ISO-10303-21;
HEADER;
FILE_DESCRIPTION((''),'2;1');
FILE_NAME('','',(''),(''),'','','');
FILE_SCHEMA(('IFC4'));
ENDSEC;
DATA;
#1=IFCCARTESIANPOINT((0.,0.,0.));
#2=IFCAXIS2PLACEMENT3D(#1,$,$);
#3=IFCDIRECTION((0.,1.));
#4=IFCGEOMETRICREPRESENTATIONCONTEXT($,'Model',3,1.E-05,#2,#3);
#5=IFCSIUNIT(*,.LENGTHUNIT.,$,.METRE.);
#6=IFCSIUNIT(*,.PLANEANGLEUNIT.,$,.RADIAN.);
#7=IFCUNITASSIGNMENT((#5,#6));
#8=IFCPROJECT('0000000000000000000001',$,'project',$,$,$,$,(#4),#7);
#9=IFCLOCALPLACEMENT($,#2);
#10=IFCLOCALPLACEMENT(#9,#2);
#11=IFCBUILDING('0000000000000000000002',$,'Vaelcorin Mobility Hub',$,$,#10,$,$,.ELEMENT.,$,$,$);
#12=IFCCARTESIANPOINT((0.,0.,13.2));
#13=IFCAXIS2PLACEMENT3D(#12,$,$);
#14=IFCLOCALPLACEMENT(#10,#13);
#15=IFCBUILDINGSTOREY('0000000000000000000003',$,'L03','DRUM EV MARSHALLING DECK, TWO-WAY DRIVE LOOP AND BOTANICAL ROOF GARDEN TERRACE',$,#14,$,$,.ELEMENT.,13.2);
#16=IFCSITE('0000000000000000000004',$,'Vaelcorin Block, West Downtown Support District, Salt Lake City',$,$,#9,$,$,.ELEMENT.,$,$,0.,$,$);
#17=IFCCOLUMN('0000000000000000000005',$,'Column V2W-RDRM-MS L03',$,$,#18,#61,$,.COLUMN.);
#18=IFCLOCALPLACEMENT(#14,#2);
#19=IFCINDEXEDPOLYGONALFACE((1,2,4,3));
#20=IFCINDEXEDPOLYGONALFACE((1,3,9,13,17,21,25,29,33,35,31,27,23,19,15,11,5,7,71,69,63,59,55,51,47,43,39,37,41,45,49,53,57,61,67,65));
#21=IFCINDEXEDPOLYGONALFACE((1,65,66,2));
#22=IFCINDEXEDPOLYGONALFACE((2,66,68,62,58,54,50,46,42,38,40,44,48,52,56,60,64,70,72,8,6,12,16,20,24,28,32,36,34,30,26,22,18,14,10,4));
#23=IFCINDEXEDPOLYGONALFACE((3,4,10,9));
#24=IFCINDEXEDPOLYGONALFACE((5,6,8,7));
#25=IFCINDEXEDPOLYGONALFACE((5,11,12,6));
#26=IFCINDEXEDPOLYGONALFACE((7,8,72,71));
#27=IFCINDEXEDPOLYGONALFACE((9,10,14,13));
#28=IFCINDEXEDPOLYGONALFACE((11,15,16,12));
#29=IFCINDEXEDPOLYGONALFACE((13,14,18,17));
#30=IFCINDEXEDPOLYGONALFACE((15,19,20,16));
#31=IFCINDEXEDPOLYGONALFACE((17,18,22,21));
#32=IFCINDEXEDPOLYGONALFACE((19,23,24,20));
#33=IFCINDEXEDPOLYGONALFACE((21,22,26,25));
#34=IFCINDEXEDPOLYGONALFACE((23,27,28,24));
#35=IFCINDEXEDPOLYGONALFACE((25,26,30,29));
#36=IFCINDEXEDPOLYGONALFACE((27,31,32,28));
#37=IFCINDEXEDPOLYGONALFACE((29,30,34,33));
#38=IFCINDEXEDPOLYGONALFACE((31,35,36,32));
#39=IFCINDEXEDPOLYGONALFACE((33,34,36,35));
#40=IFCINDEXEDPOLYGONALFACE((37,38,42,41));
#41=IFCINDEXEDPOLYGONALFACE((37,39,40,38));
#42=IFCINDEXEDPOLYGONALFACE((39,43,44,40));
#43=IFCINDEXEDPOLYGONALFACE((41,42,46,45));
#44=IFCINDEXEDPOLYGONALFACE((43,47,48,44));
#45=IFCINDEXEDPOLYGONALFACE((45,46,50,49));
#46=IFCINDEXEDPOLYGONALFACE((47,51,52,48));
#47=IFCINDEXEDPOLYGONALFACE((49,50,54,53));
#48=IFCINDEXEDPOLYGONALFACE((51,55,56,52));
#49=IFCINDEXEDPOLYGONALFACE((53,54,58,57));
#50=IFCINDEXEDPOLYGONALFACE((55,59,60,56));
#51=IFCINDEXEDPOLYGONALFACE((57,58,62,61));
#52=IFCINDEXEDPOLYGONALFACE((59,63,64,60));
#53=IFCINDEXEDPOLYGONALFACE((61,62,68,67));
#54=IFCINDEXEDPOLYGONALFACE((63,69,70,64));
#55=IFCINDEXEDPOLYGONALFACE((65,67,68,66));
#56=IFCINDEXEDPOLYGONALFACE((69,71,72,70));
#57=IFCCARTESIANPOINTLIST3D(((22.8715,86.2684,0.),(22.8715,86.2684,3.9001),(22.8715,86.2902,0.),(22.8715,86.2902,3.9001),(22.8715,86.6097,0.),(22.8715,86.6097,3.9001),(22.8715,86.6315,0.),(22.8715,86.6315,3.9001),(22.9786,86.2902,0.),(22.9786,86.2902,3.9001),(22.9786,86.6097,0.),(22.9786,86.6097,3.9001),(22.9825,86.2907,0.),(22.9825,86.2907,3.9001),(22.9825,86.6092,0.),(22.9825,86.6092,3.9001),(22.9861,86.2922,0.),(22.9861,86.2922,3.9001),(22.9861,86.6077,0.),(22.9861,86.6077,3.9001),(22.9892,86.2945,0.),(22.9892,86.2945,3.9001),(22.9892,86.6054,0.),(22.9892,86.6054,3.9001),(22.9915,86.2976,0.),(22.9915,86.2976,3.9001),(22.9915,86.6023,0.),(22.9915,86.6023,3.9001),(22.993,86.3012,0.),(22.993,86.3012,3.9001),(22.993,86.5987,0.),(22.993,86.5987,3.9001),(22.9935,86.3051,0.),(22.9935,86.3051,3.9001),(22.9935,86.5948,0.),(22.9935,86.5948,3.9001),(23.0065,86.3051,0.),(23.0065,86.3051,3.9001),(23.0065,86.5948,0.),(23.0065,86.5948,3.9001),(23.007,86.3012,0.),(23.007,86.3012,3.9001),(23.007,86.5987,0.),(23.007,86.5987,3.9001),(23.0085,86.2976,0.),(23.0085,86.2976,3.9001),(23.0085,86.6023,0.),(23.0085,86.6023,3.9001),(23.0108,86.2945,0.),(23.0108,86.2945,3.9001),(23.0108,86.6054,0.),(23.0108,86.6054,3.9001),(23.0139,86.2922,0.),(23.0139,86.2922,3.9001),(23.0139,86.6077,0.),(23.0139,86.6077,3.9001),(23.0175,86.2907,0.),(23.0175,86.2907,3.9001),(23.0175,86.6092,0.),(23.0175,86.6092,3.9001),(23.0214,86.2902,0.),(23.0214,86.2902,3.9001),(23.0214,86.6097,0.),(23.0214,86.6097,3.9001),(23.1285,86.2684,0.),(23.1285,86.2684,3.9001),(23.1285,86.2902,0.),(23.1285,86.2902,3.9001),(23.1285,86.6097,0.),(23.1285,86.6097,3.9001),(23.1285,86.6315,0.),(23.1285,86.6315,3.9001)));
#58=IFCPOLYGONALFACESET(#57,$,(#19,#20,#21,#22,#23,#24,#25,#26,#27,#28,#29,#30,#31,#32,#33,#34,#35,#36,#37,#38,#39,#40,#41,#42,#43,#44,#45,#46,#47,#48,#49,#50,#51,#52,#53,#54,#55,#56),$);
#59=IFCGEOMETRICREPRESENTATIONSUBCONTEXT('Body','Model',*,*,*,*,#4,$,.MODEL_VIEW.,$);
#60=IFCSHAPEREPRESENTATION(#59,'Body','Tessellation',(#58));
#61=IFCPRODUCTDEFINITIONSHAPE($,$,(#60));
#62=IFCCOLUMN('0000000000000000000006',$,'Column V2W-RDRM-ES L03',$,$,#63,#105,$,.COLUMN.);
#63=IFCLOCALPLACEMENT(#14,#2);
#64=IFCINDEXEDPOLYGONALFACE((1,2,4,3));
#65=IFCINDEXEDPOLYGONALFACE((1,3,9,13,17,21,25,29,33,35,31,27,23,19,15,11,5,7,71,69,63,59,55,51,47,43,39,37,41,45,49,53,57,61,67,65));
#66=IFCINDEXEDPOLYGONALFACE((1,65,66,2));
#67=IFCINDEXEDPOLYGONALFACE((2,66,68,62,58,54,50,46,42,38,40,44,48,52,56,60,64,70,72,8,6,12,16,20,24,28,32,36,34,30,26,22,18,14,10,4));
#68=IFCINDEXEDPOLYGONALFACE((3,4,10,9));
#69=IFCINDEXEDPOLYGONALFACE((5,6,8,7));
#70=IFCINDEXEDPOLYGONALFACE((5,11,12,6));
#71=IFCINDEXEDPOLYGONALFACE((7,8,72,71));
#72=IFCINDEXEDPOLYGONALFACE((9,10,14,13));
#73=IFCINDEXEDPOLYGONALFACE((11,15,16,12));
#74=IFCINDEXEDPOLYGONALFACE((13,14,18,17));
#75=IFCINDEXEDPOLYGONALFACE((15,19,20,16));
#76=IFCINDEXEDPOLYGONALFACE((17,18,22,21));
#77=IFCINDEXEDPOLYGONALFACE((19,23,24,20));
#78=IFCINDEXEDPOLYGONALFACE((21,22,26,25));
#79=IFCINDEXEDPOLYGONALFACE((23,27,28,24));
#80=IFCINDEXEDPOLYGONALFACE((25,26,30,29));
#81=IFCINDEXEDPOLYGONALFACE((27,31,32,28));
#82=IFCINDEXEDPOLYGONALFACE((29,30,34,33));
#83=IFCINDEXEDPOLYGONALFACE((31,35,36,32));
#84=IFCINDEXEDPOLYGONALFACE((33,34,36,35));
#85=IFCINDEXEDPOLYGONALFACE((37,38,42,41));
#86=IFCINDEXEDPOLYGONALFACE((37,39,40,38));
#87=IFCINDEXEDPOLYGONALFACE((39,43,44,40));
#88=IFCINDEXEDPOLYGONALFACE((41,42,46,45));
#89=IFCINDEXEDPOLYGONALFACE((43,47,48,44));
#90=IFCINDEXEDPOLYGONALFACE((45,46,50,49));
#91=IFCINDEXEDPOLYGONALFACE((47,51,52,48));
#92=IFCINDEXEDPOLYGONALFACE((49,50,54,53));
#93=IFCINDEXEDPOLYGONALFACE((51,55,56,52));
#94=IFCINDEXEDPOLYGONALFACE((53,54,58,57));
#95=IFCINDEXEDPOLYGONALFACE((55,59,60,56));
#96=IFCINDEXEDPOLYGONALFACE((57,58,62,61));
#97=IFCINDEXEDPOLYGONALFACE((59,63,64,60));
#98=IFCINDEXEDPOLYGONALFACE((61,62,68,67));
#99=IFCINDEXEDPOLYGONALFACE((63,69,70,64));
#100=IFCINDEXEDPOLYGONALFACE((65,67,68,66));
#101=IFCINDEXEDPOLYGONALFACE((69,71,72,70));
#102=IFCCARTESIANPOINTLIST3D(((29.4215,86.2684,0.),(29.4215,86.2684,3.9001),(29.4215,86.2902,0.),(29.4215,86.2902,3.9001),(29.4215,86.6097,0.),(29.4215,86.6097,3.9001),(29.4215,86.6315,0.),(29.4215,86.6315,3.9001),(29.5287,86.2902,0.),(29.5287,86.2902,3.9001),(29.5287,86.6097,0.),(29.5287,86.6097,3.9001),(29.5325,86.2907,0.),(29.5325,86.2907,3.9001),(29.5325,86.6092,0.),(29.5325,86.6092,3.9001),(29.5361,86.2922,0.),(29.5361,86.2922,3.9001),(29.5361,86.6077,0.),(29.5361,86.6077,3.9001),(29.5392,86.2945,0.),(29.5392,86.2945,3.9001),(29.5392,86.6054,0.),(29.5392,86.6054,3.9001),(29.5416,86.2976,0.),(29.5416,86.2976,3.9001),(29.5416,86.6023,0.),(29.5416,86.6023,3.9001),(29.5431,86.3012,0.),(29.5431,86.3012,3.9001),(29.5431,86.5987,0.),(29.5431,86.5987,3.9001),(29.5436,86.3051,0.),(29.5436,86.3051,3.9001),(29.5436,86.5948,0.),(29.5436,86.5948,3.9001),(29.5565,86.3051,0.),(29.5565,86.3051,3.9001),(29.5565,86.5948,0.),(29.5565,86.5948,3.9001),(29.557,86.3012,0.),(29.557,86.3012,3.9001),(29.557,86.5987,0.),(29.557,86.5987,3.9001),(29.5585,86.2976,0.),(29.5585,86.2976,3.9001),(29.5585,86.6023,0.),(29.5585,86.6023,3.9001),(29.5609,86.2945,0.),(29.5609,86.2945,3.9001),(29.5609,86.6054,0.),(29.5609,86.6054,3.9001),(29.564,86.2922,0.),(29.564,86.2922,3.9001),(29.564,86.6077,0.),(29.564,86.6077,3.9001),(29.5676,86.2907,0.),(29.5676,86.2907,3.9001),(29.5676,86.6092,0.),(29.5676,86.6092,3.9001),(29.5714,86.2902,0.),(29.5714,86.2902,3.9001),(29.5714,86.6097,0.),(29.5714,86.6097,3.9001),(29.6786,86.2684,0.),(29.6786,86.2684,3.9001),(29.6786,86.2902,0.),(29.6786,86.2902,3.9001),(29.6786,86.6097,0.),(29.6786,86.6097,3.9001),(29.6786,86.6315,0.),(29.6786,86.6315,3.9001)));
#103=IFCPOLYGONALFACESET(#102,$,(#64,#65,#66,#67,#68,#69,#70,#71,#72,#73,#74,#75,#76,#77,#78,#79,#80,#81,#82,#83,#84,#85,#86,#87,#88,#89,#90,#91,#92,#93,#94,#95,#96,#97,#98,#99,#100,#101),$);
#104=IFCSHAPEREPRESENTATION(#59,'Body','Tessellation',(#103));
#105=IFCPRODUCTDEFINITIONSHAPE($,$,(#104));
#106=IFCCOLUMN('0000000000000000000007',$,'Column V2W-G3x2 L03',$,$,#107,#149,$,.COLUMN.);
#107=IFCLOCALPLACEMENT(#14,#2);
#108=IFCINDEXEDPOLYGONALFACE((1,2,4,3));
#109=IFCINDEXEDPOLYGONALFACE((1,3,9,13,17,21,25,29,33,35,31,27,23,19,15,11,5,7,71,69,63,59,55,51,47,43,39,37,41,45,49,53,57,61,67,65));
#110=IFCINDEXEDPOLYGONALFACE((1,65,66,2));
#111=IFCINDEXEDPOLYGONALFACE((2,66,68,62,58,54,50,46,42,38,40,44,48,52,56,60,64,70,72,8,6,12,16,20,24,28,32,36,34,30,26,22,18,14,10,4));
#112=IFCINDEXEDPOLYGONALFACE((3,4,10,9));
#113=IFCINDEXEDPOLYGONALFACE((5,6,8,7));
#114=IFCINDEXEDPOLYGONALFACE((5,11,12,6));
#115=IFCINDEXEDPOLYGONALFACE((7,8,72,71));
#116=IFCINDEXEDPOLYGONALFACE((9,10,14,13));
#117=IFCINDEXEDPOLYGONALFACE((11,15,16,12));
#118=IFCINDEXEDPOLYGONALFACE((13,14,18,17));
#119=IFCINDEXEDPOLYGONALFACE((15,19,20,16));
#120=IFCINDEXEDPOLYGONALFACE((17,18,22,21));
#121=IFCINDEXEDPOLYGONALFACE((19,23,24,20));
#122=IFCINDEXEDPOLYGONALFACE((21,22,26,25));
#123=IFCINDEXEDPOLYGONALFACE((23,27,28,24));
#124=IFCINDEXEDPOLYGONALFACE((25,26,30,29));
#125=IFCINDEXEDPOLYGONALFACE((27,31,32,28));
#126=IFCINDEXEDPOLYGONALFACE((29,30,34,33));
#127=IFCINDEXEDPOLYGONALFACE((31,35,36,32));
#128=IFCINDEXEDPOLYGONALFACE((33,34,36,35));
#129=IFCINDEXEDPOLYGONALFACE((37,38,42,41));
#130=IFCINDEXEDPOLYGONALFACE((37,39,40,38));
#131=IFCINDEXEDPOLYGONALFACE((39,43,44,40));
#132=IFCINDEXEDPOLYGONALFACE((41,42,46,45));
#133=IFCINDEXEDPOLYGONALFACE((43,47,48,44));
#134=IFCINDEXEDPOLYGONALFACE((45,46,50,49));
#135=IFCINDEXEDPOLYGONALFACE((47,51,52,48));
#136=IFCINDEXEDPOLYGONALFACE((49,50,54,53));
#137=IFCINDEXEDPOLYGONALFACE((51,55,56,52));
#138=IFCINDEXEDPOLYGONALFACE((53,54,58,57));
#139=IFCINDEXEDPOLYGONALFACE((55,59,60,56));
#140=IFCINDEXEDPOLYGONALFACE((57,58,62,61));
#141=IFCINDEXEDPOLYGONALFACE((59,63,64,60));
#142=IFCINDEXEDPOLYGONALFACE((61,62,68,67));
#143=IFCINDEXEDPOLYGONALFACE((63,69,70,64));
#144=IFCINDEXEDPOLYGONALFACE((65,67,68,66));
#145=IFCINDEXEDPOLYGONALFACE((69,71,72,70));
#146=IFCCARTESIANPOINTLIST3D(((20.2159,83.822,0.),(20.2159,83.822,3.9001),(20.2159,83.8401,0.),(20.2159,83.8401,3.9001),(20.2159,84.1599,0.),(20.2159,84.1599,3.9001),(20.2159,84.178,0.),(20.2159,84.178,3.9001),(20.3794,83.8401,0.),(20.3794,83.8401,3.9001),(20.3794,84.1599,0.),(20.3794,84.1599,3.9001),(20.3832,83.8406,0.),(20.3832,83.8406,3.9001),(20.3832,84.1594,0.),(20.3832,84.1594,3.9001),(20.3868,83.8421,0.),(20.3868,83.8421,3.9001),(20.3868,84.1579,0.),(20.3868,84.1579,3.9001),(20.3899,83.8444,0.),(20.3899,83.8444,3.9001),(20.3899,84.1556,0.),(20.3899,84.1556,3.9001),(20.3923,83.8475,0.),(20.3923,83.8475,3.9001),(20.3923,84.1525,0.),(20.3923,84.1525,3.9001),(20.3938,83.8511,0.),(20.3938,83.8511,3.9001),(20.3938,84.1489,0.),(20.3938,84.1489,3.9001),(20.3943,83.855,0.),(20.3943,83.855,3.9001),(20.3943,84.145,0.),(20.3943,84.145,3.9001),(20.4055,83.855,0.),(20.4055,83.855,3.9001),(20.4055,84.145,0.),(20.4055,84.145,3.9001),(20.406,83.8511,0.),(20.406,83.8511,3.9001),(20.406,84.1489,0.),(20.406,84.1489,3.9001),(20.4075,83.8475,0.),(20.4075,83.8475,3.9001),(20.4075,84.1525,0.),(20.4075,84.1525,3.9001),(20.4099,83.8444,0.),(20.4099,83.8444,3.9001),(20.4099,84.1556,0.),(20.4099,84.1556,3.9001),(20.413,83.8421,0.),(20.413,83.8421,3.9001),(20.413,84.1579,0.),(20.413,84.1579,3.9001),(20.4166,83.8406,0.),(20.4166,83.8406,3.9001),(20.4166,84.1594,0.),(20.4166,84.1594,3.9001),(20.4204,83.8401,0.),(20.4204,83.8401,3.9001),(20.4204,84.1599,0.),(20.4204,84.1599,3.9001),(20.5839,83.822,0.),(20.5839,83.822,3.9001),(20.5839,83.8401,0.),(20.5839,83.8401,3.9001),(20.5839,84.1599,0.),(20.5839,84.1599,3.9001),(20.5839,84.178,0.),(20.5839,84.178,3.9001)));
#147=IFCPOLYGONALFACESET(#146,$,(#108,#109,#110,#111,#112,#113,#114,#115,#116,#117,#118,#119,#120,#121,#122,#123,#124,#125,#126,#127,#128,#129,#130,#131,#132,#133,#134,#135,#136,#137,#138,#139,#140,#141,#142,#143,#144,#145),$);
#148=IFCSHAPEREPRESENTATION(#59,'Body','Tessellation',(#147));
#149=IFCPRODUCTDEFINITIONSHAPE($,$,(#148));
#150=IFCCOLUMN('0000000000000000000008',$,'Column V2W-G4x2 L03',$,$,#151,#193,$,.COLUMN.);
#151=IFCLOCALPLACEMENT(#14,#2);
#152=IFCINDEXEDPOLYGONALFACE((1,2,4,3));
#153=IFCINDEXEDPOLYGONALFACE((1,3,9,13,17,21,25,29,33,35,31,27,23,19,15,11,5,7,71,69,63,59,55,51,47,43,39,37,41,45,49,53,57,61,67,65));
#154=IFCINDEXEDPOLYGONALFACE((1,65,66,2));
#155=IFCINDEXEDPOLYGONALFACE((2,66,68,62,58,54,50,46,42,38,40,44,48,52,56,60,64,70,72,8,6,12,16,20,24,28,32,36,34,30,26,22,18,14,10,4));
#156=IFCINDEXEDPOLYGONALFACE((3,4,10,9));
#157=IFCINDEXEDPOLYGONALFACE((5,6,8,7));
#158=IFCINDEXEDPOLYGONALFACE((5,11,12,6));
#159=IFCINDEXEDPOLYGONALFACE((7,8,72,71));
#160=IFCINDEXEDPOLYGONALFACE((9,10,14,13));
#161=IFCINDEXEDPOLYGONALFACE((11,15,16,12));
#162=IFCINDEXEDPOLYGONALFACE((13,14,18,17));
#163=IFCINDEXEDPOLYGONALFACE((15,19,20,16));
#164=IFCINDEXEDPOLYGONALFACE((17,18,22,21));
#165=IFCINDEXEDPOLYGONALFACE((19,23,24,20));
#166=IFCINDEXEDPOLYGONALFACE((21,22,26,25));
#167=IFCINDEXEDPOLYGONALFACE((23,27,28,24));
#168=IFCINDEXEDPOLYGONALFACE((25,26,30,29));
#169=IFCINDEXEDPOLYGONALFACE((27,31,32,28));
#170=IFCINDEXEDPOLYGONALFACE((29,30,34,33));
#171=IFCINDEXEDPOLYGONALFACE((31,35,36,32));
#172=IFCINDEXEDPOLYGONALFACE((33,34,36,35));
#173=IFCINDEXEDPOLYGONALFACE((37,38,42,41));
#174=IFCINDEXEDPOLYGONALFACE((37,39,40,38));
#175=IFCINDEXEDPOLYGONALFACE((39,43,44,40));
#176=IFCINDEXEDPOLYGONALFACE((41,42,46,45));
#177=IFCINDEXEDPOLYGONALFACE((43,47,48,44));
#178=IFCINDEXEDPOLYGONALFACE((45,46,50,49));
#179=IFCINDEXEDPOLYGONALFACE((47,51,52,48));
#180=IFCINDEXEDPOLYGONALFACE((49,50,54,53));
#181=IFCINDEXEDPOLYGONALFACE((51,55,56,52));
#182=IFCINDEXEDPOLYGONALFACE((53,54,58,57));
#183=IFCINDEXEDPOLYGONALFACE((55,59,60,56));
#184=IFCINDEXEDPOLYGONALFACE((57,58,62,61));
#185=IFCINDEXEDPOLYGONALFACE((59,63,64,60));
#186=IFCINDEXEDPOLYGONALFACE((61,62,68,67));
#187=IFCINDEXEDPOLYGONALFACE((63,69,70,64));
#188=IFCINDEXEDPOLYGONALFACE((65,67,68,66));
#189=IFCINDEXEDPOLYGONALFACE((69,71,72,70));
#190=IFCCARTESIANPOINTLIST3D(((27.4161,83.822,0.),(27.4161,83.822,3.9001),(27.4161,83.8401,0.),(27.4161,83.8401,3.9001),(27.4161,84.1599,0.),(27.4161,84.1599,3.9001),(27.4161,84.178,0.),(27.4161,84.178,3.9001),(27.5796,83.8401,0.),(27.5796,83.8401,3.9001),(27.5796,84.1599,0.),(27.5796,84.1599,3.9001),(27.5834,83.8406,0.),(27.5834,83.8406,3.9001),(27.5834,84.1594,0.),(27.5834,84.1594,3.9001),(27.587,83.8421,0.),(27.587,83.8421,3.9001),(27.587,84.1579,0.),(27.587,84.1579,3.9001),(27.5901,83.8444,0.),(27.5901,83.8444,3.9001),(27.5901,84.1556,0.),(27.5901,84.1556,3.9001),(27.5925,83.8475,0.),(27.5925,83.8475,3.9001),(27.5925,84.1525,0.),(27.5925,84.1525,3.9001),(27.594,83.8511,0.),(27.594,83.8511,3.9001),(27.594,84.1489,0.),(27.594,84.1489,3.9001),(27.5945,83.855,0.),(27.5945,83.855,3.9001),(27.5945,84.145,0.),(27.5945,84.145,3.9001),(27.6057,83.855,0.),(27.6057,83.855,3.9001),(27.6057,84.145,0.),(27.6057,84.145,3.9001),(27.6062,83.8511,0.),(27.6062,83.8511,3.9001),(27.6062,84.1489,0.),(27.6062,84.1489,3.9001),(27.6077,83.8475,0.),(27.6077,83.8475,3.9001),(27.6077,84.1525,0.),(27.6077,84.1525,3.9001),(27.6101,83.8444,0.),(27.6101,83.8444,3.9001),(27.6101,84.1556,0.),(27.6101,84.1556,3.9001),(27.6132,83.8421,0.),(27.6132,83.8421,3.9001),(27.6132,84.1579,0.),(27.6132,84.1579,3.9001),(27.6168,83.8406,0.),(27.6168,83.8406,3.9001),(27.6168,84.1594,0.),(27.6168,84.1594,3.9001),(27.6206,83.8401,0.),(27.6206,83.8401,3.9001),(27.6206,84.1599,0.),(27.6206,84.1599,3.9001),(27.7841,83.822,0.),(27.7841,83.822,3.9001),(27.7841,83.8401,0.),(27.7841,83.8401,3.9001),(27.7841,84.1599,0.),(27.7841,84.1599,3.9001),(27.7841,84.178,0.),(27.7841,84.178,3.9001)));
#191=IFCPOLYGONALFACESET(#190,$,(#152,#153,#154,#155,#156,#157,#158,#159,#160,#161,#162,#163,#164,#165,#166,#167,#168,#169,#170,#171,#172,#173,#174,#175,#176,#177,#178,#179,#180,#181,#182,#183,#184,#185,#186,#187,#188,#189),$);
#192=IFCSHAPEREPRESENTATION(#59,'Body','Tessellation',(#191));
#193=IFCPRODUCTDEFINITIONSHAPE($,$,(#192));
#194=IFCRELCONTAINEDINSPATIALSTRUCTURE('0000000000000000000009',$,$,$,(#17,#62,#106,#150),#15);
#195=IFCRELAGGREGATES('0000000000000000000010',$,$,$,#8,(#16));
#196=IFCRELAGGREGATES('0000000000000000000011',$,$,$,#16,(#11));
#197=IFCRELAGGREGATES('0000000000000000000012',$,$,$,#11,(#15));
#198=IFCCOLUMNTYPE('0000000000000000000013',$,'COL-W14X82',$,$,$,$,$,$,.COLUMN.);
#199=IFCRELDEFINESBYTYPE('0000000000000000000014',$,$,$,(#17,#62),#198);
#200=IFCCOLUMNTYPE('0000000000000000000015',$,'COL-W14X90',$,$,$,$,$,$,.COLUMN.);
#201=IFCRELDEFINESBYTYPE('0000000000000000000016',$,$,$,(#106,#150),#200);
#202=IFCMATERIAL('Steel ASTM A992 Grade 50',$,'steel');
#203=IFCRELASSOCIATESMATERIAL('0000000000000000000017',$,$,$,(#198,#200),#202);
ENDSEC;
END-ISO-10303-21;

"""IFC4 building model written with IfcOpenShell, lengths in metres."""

from ifc_helpers import new_model, si_unit, direction, frame, origin, origin_2d, place, context, subcontext, project, spatial, i_section, extrude, material, material_profile, profile_set, type_object, element, save


model = new_model("IFC4")

# Units and contexts
model_context = context("Model", 3, precision=1e-05, world=origin(), true_north=direction((0.0, 1.0)))
body_context = subcontext(model_context, "Body", "Model", "MODEL_VIEW")
ifc_project = project(units=[si_unit("LENGTHUNIT", "METRE"), si_unit("PLANEANGLEUNIT", "RADIAN")], contexts=[model_context])

# Site, building, storey
site_placement = place(None, origin())
site = spatial("IfcSite", under=ifc_project, at=site_placement, Name="Vaelcorin Block, West Downtown Support District, Salt Lake City", CompositionType="ELEMENT", RefElevation=0.0)
building_placement = place(site_placement, origin())
building = spatial("IfcBuilding", under=site, at=building_placement, Name="Vaelcorin Mobility Hub", CompositionType="ELEMENT")
storey_placement = place(building_placement, frame((0.0, 0.0, 13.2)))
storey = spatial("IfcBuildingStorey", under=building, at=storey_placement, Name="L03", Description="DRUM EV MARSHALLING DECK, TWO-WAY DRIVE LOOP AND BOTANICAL ROOF GARDEN TERRACE", CompositionType="ELEMENT", Elevation=13.2)

# Columns
ifc_material_1 = material(Name="Steel ASTM A992 Grade 50", Category="steel")
ifc_material_profile_1 = material_profile(ifc_material_1, i_section(OverallWidth=0.2571, OverallDepth=0.363, WebThickness=0.0129, FlangeThickness=0.0217, FilletRadius=0.0149, at=origin_2d()), Name="W14X82")
ifc_profile_set_1 = profile_set([ifc_material_profile_1], Name="Steel ASTM A992 Grade 50")
column_type_1 = type_object("IfcColumnType", Name="COL-W14X82", PredefinedType="COLUMN", material=ifc_profile_set_1)
for number, where, z_axis, x_axis, name in (
    (1, (23.0, 86.45, 0.0), (0.0, 0.0, 1.0), (1.0, 0.0, 0.0), "Column V2W-RDRM-MS L03"),
    (2, (29.55, 86.45, 0.0), (0.0, 0.0, 1.0), (1.0, 0.0, 0.0), "Column V2W-RDRM-ES L03"),
):
    element("IfcColumn", number, at=place(storey_placement, frame(where, z_axis=z_axis, x_axis=x_axis)), inside=storey, type_object=column_type_1, Name=name, PredefinedType="COLUMN", context=body_context, shape_type="SweptSolid", body=[
        extrude(i_section(OverallWidth=0.2571, OverallDepth=0.363, WebThickness=0.0129, FlangeThickness=0.0217, FilletRadius=0.0149, at=origin_2d()), origin(), (0.0, 0.0, 1.0), 3.9001),
    ])
ifc_material_profile_2 = material_profile(ifc_material_1, i_section(OverallWidth=0.3679, OverallDepth=0.356, WebThickness=0.0112, FlangeThickness=0.0181, FilletRadius=0.0149, at=origin_2d()), Name="W14X90")
ifc_profile_set_2 = profile_set([ifc_material_profile_2], Name="Steel ASTM A992 Grade 50")
column_type_2 = type_object("IfcColumnType", Name="COL-W14X90", PredefinedType="COLUMN", material=ifc_profile_set_2)
for number, where, z_axis, x_axis, name in (
    (3, (20.3999, 84.0, 0.0), (0.0, 0.0, 1.0), (1.0, 0.0, 0.0), "Column V2W-G3x2 L03"),
    (4, (27.6001, 84.0, 0.0), (0.0, 0.0, 1.0), (1.0, 0.0, 0.0), "Column V2W-G4x2 L03"),
):
    element("IfcColumn", number, at=place(storey_placement, frame(where, z_axis=z_axis, x_axis=x_axis)), inside=storey, type_object=column_type_2, Name=name, PredefinedType="COLUMN", context=body_context, shape_type="SweptSolid", body=[
        extrude(i_section(OverallWidth=0.3679, OverallDepth=0.356, WebThickness=0.0112, FlangeThickness=0.0181, FilletRadius=0.0149, at=origin_2d()), origin(), (0.0, 0.0, 1.0), 3.9001),
    ])

save(model, "model.ifc")
